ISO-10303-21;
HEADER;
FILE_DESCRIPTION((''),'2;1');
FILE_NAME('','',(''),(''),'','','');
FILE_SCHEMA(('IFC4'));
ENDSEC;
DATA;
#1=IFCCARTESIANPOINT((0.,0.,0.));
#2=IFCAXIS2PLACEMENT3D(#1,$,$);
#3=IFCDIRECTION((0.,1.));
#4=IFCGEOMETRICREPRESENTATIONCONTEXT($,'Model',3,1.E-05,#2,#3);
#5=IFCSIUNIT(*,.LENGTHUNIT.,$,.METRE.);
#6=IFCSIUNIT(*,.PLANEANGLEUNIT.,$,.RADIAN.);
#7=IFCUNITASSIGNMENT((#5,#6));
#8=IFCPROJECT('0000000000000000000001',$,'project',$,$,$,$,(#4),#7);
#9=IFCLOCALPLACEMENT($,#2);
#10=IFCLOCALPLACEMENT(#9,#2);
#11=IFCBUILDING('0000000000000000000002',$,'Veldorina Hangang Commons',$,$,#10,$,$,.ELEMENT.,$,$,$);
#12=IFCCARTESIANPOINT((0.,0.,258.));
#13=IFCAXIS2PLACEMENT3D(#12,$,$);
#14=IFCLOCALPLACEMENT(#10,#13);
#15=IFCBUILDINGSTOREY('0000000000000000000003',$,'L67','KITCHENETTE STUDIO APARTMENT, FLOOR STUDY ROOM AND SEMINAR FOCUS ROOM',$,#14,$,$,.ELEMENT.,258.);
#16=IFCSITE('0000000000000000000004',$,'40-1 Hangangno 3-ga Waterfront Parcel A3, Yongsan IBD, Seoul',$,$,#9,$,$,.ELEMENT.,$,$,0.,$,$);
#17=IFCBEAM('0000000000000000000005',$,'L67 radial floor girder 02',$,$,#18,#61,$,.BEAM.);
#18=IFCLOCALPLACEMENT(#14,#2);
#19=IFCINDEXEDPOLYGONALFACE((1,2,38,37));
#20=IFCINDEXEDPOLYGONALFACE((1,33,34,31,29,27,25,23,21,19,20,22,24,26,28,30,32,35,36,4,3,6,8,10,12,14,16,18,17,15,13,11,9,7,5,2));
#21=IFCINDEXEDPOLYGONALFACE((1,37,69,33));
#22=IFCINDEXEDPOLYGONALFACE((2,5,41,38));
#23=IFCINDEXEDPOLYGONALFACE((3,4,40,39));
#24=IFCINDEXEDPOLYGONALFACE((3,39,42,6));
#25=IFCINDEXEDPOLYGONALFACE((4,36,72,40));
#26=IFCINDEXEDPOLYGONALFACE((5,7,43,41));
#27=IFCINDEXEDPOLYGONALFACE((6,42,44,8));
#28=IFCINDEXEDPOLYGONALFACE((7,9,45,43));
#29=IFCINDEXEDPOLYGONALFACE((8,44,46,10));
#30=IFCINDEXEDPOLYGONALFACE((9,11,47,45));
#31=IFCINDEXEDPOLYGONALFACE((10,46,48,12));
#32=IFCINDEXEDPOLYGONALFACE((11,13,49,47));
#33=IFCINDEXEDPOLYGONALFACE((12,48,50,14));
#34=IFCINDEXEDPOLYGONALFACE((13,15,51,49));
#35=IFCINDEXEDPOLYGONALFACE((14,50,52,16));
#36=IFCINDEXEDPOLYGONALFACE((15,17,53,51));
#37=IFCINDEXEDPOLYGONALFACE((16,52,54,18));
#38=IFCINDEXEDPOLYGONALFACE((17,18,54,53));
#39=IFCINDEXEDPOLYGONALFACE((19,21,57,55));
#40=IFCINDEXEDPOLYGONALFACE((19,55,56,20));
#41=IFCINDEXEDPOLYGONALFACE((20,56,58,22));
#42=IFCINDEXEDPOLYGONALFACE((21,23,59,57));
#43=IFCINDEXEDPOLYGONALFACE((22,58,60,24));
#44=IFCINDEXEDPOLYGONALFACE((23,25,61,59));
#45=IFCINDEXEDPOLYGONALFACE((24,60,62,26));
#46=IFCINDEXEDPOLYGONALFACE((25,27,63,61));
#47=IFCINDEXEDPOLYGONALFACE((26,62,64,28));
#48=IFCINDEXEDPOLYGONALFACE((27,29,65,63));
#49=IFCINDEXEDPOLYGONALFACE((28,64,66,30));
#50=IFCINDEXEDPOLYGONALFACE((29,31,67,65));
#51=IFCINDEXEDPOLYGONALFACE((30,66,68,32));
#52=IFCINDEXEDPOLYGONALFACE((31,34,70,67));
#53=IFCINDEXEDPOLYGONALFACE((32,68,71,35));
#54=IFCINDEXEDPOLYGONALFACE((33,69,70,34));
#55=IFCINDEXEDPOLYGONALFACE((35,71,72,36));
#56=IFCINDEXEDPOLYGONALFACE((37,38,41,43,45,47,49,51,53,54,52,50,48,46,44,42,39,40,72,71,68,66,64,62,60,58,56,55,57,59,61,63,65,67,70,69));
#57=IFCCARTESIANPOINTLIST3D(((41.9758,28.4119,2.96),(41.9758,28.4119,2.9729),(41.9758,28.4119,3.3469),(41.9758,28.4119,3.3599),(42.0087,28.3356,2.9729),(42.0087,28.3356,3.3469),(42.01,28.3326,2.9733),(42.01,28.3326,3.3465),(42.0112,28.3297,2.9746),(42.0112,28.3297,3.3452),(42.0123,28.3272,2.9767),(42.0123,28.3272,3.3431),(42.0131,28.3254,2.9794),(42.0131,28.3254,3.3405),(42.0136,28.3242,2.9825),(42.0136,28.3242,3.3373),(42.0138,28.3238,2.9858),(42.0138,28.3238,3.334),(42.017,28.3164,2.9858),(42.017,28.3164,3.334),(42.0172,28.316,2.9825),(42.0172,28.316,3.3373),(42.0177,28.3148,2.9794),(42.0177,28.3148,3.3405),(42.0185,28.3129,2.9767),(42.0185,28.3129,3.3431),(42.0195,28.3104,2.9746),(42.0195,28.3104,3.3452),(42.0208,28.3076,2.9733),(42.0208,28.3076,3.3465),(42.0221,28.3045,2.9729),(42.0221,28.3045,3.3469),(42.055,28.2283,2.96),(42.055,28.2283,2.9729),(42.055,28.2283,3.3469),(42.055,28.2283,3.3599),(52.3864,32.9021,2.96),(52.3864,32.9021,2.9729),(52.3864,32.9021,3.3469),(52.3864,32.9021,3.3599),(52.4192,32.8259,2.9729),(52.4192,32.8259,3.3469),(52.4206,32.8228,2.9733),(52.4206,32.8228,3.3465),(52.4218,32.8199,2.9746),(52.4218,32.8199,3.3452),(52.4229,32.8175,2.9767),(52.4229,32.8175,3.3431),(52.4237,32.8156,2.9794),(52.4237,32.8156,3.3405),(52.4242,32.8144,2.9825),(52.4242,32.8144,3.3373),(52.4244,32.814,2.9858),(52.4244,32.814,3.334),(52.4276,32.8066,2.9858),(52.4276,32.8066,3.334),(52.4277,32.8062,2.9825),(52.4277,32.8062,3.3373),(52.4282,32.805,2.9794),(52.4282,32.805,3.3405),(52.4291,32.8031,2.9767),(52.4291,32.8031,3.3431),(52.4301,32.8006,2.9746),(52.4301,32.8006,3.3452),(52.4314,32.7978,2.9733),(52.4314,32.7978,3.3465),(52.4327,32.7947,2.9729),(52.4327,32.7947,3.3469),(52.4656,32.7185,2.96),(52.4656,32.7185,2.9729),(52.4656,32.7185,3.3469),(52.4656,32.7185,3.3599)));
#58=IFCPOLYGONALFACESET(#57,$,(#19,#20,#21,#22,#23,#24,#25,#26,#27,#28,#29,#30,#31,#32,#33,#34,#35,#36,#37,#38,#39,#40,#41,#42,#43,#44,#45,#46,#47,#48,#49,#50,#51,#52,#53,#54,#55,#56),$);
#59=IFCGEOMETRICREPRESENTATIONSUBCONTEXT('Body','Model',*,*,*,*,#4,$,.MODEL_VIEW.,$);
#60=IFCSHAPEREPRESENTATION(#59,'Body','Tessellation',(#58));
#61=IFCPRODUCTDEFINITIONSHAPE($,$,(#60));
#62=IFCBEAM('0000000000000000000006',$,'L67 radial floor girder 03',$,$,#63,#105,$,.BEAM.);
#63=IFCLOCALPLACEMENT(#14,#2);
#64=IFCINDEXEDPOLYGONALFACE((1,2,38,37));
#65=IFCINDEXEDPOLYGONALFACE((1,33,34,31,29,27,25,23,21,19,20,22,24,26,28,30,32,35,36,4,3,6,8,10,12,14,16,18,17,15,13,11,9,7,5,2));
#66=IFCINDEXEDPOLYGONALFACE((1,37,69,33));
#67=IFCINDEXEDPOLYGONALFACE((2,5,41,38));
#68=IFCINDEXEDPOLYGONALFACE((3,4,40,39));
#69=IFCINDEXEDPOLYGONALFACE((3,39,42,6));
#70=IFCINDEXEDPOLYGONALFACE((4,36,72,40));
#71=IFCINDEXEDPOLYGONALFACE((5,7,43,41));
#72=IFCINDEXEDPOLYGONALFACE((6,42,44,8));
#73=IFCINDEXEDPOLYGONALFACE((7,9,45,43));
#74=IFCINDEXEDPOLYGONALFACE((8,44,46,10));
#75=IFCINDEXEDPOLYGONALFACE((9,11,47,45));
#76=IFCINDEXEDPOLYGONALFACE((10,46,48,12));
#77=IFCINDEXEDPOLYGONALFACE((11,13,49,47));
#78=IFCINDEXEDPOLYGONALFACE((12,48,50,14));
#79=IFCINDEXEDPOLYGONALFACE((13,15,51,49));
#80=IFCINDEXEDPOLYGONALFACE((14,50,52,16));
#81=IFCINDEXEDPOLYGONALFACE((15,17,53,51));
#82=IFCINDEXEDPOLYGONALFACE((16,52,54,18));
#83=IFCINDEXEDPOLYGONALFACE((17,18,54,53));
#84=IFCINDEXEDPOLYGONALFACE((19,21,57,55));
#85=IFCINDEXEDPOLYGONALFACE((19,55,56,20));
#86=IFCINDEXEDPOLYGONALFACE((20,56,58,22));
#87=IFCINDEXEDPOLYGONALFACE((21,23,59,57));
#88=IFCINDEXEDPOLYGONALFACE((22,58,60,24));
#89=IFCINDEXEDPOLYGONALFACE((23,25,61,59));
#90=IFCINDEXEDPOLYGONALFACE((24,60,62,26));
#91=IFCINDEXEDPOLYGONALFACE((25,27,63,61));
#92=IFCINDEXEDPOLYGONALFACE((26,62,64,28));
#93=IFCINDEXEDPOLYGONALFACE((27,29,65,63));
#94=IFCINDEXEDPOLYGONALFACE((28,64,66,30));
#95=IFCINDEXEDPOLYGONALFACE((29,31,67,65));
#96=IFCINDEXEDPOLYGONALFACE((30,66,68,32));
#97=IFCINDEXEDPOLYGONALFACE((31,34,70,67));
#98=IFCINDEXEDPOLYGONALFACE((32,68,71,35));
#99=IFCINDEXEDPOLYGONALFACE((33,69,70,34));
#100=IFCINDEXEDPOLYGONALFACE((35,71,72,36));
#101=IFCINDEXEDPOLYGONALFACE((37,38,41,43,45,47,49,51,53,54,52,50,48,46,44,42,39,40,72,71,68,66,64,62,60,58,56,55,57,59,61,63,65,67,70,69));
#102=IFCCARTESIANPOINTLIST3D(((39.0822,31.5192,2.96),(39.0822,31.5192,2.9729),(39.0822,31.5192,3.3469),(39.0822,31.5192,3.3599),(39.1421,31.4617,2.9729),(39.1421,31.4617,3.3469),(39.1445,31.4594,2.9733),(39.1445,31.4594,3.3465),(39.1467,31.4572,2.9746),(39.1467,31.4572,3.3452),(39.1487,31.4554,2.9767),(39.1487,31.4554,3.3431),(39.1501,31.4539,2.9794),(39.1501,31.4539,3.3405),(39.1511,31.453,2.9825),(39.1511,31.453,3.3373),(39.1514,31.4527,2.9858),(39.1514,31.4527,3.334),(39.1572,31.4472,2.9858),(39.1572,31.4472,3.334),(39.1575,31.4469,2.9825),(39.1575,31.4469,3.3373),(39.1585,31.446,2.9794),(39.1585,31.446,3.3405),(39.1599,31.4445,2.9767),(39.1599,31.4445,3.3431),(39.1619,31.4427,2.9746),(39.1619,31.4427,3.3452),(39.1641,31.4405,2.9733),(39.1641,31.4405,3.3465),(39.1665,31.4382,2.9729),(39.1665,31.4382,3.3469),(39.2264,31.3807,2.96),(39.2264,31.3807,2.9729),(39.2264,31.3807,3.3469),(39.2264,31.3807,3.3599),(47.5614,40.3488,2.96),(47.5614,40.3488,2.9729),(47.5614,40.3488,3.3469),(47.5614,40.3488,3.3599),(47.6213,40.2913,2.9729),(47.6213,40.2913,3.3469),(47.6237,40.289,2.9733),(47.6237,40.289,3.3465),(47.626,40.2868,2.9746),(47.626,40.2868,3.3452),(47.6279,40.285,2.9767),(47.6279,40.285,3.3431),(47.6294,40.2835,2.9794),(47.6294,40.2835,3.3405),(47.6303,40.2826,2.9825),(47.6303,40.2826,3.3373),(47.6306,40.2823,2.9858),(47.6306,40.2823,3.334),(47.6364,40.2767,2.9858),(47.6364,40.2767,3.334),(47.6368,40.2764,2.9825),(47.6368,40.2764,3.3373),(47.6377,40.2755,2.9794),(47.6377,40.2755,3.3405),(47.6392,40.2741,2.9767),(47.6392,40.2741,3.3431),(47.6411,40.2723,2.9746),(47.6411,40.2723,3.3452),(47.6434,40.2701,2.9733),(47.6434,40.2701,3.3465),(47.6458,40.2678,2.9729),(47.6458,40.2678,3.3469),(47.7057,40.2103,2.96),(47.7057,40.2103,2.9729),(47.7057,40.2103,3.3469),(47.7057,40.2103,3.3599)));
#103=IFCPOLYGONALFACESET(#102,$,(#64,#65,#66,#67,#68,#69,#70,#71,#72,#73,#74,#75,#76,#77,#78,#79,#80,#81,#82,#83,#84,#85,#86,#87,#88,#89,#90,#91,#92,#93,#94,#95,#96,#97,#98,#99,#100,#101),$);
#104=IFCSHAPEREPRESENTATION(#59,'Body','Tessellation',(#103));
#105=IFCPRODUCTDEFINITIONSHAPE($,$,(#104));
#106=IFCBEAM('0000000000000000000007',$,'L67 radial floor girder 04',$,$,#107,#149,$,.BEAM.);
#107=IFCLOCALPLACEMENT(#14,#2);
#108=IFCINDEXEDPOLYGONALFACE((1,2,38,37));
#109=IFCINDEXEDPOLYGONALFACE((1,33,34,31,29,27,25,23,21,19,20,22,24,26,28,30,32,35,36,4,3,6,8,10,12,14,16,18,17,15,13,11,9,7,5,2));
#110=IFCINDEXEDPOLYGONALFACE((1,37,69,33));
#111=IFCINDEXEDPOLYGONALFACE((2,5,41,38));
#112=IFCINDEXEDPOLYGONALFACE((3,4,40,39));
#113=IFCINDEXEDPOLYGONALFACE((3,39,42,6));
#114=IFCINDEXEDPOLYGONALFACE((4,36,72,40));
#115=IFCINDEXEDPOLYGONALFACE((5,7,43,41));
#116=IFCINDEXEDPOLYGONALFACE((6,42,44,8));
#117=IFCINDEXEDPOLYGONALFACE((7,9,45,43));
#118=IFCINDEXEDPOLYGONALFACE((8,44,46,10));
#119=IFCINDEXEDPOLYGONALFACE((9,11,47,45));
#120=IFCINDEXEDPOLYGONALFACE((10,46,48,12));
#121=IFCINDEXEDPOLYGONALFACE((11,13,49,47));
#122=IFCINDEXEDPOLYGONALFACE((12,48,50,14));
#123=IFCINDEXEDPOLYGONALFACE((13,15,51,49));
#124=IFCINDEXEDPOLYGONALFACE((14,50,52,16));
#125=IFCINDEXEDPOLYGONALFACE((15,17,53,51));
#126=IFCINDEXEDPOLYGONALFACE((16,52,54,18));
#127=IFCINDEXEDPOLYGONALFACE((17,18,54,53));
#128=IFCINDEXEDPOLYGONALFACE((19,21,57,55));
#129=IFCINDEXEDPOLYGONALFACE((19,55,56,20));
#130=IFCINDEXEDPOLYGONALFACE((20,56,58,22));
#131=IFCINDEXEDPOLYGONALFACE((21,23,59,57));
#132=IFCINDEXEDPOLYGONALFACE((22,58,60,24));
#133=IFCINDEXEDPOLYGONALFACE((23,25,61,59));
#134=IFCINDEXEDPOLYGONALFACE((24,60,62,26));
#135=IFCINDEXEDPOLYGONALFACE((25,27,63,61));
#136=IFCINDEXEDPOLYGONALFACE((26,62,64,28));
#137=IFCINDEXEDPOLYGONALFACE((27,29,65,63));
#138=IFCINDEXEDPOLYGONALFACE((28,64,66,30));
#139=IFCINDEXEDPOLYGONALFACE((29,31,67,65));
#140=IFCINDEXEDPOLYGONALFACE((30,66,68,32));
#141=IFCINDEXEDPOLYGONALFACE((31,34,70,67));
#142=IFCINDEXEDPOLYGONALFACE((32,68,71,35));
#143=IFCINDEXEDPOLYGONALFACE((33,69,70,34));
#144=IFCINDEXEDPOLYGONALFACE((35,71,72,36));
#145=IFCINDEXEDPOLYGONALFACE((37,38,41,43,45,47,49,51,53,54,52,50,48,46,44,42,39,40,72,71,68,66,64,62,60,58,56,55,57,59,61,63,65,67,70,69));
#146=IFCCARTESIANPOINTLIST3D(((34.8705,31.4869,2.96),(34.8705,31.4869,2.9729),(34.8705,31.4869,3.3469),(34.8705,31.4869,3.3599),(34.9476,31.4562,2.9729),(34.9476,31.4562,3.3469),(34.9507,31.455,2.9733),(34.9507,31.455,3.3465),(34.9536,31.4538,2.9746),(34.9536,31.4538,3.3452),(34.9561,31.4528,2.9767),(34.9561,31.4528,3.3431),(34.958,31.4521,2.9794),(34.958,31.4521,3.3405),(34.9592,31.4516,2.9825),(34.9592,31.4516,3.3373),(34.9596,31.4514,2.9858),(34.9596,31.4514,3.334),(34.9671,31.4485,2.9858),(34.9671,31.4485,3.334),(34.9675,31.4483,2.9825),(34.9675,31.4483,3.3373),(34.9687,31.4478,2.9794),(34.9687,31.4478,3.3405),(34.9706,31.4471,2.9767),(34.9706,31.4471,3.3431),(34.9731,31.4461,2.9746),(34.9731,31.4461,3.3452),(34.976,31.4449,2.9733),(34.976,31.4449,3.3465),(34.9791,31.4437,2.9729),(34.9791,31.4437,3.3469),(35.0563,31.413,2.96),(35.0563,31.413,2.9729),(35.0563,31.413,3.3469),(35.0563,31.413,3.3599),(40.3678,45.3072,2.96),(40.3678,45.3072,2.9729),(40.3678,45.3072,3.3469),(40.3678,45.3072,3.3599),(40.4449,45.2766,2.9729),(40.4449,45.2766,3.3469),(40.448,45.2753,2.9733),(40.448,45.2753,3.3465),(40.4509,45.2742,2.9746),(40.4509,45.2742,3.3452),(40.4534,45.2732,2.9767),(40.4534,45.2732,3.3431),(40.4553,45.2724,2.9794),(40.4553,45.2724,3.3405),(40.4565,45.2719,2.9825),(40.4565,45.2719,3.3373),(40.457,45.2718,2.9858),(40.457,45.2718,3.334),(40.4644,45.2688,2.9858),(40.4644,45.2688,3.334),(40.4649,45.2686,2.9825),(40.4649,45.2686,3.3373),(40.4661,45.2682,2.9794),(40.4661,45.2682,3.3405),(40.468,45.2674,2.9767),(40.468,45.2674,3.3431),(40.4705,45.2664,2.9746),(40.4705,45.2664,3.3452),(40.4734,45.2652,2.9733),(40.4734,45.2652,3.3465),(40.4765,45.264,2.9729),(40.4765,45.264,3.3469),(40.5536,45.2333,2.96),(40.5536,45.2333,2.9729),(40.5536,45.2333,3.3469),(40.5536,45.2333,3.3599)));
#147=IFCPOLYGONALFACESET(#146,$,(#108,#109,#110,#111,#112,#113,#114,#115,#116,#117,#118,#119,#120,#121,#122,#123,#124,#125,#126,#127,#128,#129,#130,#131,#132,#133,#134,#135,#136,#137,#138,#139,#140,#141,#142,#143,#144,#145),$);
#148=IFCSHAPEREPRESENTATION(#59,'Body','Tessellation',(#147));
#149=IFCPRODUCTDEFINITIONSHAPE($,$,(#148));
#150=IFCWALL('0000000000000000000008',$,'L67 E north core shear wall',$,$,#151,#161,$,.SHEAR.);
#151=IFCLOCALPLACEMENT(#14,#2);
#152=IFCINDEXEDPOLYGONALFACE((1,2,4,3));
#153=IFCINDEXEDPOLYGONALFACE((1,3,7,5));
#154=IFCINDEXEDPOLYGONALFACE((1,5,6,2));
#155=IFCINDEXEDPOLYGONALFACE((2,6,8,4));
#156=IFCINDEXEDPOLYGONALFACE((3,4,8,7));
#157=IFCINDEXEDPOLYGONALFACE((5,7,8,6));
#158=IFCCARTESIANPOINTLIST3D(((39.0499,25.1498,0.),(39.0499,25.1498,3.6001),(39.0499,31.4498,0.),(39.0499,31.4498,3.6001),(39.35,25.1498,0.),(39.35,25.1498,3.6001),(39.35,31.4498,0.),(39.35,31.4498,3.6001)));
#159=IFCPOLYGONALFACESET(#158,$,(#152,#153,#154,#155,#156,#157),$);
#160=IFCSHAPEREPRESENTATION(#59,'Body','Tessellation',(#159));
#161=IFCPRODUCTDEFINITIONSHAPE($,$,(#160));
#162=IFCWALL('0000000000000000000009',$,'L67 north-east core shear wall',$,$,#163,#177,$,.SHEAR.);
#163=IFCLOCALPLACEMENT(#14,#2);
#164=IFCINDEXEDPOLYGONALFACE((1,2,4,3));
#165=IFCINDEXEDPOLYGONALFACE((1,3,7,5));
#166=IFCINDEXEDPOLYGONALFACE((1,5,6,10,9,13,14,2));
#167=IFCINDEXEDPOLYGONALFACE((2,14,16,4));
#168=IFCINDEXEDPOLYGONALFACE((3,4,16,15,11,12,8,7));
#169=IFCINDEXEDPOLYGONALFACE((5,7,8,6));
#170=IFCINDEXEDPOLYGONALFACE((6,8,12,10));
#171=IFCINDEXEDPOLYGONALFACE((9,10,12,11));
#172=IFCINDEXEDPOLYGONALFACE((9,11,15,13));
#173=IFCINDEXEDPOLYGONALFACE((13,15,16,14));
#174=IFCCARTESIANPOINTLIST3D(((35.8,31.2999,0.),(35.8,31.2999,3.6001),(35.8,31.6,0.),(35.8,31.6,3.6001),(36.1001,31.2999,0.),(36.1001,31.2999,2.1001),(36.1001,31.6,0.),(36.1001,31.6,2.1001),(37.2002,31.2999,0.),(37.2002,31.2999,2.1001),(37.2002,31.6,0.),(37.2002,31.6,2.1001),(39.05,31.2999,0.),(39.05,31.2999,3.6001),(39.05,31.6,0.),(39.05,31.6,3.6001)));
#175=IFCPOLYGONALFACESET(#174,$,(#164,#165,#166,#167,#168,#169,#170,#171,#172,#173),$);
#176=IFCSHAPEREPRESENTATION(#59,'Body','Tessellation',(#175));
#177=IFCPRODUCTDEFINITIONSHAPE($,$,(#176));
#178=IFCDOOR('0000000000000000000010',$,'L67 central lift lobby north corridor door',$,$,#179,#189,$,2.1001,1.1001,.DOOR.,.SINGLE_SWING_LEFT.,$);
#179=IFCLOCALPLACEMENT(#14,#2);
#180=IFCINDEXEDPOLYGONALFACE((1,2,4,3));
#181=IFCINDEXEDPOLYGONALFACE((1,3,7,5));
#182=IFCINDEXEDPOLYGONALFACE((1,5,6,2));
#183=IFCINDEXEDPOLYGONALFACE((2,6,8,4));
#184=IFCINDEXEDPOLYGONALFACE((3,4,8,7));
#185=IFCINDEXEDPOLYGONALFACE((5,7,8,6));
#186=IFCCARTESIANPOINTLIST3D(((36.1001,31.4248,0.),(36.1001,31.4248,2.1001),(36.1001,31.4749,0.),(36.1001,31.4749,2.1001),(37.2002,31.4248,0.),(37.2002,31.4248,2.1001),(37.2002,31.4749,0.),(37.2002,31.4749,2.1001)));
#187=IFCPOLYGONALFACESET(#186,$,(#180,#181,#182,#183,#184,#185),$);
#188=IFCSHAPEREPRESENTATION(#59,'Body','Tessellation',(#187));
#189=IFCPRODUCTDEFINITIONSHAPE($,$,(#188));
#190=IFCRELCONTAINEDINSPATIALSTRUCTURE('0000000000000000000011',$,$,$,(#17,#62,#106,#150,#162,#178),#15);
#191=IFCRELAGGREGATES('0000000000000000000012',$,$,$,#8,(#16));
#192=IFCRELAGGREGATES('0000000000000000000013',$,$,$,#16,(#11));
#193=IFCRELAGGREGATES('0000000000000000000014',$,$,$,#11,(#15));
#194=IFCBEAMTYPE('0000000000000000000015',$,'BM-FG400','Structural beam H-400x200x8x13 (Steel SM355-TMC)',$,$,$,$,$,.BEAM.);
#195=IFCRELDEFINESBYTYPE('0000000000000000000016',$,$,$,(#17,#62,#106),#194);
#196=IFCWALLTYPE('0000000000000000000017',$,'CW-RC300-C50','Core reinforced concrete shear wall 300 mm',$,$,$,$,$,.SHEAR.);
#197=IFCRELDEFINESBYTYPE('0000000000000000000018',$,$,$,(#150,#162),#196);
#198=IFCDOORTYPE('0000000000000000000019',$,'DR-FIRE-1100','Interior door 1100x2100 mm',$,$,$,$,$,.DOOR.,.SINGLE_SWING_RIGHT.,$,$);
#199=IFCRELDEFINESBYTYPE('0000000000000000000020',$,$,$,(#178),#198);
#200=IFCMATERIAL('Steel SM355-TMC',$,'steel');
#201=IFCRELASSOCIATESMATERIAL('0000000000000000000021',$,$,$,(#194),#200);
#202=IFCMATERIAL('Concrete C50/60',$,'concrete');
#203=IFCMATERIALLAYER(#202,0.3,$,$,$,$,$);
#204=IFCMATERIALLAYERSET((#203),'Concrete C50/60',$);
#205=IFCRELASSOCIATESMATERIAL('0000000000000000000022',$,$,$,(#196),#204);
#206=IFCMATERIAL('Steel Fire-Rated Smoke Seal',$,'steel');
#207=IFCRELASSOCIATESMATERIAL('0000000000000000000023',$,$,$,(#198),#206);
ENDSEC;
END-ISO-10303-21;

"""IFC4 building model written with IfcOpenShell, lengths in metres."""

from ifc_helpers import new_model, si_unit, direction, frame, frame_2d, origin, origin_2d, place, context, subcontext, project, spatial, rectangle, i_section, extrude, material, layer, layer_set, material_profile, profile_set, type_object, element, fill, save


model = new_model("IFC4")

# Units and contexts
model_context = context("Model", 3, precision=1e-05, world=origin(), true_north=direction((0.0, 1.0)))
body_context = subcontext(model_context, "Body", "Model", "MODEL_VIEW")
ifc_project = project(units=[si_unit("LENGTHUNIT", "METRE"), si_unit("PLANEANGLEUNIT", "RADIAN")], contexts=[model_context])

# Site, building, storey
site_placement = place(None, origin())
site = spatial("IfcSite", under=ifc_project, at=site_placement, Name="40-1 Hangangno 3-ga Waterfront Parcel A3, Yongsan IBD, Seoul", CompositionType="ELEMENT", RefElevation=0.0)
building_placement = place(site_placement, origin())
building = spatial("IfcBuilding", under=site, at=building_placement, Name="Veldorina Hangang Commons", CompositionType="ELEMENT")
storey_placement = place(building_placement, frame((0.0, 0.0, 258.0)))
storey = spatial("IfcBuildingStorey", under=building, at=storey_placement, Name="L67", Description="KITCHENETTE STUDIO APARTMENT, FLOOR STUDY ROOM AND SEMINAR FOCUS ROOM", CompositionType="ELEMENT", Elevation=258.0)

# Beams
ifc_material_1 = material(Name="Steel SM355-TMC", Category="steel")
ifc_material_profile = material_profile(ifc_material_1, i_section(OverallWidth=0.2, OverallDepth=0.3999, WebThickness=0.0081, FlangeThickness=0.0129, FilletRadius=0.0129, at=origin_2d()), Name="H-400x200x8x13")
ifc_profile_set = profile_set([ifc_material_profile], Name="Steel SM355-TMC")
beam_type = type_object("IfcBeamType", Name="BM-FG400", Description="Structural beam H-400x200x8x13 (Steel SM355-TMC)", PredefinedType="BEAM", material=ifc_profile_set)
beam_1_placement = place(storey_placement, frame((42.0154, 28.3201, 3.1599), z_axis=(0.918231, 0.396044, 0.0), x_axis=(-0.396044, 0.918231, 0.0)))
element("IfcBeam", 1, at=beam_1_placement, inside=storey, type_object=beam_type, Name="L67 radial floor girder 02", PredefinedType="BEAM", context=body_context, shape_type="SweptSolid", body=[
    extrude(i_section(OverallWidth=0.2, OverallDepth=0.3999, WebThickness=0.0081, FlangeThickness=0.0129, FilletRadius=0.0129, at=origin_2d()), origin(), (0.0, 0.0, 1.0), 11.3376),
])
beam_2_placement = place(storey_placement, frame((39.1543, 31.45, 3.1599), z_axis=(0.692653, 0.721271, 0.0), x_axis=(-0.721271, 0.692653, 0.0)))
element("IfcBeam", 2, at=beam_2_placement, inside=storey, type_object=beam_type, Name="L67 radial floor girder 03", PredefinedType="BEAM", context=body_context, shape_type="SweptSolid", body=[
    extrude(i_section(OverallWidth=0.2, OverallDepth=0.3999, WebThickness=0.0081, FlangeThickness=0.0129, FilletRadius=0.0129, at=origin_2d()), origin(), (0.0, 0.0, 1.0), 12.2417),
])
beam_3_placement = place(storey_placement, frame((34.9634, 31.45, 3.1599), z_axis=(0.369604, 0.929189, 0.0), x_axis=(-0.929189, 0.369604, 0.0)))
element("IfcBeam", 3, at=beam_3_placement, inside=storey, type_object=beam_type, Name="L67 radial floor girder 04", PredefinedType="BEAM", context=body_context, shape_type="SweptSolid", body=[
    extrude(i_section(OverallWidth=0.2, OverallDepth=0.3999, WebThickness=0.0081, FlangeThickness=0.0129, FilletRadius=0.0129, at=origin_2d()), origin(), (0.0, 0.0, 1.0), 14.8735),
])

# Wall
ifc_material_2 = material(Name="Concrete C50/60", Category="concrete")
ifc_layer_1 = layer(ifc_material_2, 0.3)
ifc_layer_set_1 = layer_set([ifc_layer_1], Name="Concrete C50/60")
wall_type_1 = type_object("IfcWallType", Name="CW-RC300-C50", Description="Core reinforced concrete shear wall 300 mm", PredefinedType="SHEAR", material=ifc_layer_set_1)
wall_1_placement = place(storey_placement, frame((39.2, 25.1499, 0.0), z_axis=(0.0, 0.0, 1.0), x_axis=(0.0, 1.0, 0.0)))
element("IfcWall", 4, at=wall_1_placement, inside=storey, type_object=wall_type_1, Name="L67 E north core shear wall", PredefinedType="SHEAR", context=body_context, shape_type="SweptSolid", body=[
    extrude(rectangle(XDim=6.3, YDim=0.3, at=frame_2d((3.1499, 0.0))), origin(), (0.0, 0.0, 1.0), 3.6001),
])

# Wall, opening, door
wall_2_placement = place(storey_placement, frame((35.8, 31.45, 0.0), z_axis=(0.0, 0.0, 1.0), x_axis=(1.0, 0.0, 0.0)))
wall_2 = element("IfcWall", 5, at=wall_2_placement, inside=storey, type_object=wall_type_1, Name="L67 north-east core shear wall", PredefinedType="SHEAR", context=body_context, shape_type="SweptSolid", body=[
    extrude(rectangle(XDim=3.25, YDim=0.3, at=frame_2d((1.625, 0.0))), origin(), (0.0, 0.0, 1.0), 3.6001),
])
opening_1_placement = place(wall_2_placement, frame((0.3, 0.0, 0.0)))
opening_1 = element("IfcOpeningElement", 6, at=opening_1_placement, cuts=wall_2, PredefinedType="OPENING", context=body_context, shape_type="SweptSolid", body=[
    extrude(rectangle(XDim=1.1001, YDim=2.1001, at=frame_2d((0.55, 1.05))), frame((0.0, 0.1602, 0.0), z_axis=(0.0, -1.0, 0.0), x_axis=(1.0, 0.0, 0.0)), (0.0, 0.0, 1.0), 0.3201),
])
ifc_material_3 = material(Name="Steel Fire-Rated Smoke Seal", Category="steel")
door_type_1 = type_object("IfcDoorType", Name="DR-FIRE-1100", Description="Interior door 1100x2100 mm", OperationType="SINGLE_SWING_RIGHT", PredefinedType="DOOR", material=ifc_material_3)
door_1_placement = place(opening_1_placement, origin())
door_1 = element("IfcDoor", 7, at=door_1_placement, inside=storey, type_object=door_type_1, Name="L67 central lift lobby north corridor door", OperationType="SINGLE_SWING_LEFT", OverallHeight=2.1001, OverallWidth=1.1001, PredefinedType="DOOR", context=body_context, shape_type="SweptSolid", body=[
    extrude(rectangle(XDim=1.1001, YDim=2.1001, at=frame_2d((0.55, 1.05))), frame((0.0, 0.0249, 0.0), z_axis=(0.0, -1.0, 0.0), x_axis=(1.0, 0.0, 0.0)), (0.0, 0.0, 1.0), 0.05),
])
fill(opening_1, door_1)

save(model, "model.ifc")
